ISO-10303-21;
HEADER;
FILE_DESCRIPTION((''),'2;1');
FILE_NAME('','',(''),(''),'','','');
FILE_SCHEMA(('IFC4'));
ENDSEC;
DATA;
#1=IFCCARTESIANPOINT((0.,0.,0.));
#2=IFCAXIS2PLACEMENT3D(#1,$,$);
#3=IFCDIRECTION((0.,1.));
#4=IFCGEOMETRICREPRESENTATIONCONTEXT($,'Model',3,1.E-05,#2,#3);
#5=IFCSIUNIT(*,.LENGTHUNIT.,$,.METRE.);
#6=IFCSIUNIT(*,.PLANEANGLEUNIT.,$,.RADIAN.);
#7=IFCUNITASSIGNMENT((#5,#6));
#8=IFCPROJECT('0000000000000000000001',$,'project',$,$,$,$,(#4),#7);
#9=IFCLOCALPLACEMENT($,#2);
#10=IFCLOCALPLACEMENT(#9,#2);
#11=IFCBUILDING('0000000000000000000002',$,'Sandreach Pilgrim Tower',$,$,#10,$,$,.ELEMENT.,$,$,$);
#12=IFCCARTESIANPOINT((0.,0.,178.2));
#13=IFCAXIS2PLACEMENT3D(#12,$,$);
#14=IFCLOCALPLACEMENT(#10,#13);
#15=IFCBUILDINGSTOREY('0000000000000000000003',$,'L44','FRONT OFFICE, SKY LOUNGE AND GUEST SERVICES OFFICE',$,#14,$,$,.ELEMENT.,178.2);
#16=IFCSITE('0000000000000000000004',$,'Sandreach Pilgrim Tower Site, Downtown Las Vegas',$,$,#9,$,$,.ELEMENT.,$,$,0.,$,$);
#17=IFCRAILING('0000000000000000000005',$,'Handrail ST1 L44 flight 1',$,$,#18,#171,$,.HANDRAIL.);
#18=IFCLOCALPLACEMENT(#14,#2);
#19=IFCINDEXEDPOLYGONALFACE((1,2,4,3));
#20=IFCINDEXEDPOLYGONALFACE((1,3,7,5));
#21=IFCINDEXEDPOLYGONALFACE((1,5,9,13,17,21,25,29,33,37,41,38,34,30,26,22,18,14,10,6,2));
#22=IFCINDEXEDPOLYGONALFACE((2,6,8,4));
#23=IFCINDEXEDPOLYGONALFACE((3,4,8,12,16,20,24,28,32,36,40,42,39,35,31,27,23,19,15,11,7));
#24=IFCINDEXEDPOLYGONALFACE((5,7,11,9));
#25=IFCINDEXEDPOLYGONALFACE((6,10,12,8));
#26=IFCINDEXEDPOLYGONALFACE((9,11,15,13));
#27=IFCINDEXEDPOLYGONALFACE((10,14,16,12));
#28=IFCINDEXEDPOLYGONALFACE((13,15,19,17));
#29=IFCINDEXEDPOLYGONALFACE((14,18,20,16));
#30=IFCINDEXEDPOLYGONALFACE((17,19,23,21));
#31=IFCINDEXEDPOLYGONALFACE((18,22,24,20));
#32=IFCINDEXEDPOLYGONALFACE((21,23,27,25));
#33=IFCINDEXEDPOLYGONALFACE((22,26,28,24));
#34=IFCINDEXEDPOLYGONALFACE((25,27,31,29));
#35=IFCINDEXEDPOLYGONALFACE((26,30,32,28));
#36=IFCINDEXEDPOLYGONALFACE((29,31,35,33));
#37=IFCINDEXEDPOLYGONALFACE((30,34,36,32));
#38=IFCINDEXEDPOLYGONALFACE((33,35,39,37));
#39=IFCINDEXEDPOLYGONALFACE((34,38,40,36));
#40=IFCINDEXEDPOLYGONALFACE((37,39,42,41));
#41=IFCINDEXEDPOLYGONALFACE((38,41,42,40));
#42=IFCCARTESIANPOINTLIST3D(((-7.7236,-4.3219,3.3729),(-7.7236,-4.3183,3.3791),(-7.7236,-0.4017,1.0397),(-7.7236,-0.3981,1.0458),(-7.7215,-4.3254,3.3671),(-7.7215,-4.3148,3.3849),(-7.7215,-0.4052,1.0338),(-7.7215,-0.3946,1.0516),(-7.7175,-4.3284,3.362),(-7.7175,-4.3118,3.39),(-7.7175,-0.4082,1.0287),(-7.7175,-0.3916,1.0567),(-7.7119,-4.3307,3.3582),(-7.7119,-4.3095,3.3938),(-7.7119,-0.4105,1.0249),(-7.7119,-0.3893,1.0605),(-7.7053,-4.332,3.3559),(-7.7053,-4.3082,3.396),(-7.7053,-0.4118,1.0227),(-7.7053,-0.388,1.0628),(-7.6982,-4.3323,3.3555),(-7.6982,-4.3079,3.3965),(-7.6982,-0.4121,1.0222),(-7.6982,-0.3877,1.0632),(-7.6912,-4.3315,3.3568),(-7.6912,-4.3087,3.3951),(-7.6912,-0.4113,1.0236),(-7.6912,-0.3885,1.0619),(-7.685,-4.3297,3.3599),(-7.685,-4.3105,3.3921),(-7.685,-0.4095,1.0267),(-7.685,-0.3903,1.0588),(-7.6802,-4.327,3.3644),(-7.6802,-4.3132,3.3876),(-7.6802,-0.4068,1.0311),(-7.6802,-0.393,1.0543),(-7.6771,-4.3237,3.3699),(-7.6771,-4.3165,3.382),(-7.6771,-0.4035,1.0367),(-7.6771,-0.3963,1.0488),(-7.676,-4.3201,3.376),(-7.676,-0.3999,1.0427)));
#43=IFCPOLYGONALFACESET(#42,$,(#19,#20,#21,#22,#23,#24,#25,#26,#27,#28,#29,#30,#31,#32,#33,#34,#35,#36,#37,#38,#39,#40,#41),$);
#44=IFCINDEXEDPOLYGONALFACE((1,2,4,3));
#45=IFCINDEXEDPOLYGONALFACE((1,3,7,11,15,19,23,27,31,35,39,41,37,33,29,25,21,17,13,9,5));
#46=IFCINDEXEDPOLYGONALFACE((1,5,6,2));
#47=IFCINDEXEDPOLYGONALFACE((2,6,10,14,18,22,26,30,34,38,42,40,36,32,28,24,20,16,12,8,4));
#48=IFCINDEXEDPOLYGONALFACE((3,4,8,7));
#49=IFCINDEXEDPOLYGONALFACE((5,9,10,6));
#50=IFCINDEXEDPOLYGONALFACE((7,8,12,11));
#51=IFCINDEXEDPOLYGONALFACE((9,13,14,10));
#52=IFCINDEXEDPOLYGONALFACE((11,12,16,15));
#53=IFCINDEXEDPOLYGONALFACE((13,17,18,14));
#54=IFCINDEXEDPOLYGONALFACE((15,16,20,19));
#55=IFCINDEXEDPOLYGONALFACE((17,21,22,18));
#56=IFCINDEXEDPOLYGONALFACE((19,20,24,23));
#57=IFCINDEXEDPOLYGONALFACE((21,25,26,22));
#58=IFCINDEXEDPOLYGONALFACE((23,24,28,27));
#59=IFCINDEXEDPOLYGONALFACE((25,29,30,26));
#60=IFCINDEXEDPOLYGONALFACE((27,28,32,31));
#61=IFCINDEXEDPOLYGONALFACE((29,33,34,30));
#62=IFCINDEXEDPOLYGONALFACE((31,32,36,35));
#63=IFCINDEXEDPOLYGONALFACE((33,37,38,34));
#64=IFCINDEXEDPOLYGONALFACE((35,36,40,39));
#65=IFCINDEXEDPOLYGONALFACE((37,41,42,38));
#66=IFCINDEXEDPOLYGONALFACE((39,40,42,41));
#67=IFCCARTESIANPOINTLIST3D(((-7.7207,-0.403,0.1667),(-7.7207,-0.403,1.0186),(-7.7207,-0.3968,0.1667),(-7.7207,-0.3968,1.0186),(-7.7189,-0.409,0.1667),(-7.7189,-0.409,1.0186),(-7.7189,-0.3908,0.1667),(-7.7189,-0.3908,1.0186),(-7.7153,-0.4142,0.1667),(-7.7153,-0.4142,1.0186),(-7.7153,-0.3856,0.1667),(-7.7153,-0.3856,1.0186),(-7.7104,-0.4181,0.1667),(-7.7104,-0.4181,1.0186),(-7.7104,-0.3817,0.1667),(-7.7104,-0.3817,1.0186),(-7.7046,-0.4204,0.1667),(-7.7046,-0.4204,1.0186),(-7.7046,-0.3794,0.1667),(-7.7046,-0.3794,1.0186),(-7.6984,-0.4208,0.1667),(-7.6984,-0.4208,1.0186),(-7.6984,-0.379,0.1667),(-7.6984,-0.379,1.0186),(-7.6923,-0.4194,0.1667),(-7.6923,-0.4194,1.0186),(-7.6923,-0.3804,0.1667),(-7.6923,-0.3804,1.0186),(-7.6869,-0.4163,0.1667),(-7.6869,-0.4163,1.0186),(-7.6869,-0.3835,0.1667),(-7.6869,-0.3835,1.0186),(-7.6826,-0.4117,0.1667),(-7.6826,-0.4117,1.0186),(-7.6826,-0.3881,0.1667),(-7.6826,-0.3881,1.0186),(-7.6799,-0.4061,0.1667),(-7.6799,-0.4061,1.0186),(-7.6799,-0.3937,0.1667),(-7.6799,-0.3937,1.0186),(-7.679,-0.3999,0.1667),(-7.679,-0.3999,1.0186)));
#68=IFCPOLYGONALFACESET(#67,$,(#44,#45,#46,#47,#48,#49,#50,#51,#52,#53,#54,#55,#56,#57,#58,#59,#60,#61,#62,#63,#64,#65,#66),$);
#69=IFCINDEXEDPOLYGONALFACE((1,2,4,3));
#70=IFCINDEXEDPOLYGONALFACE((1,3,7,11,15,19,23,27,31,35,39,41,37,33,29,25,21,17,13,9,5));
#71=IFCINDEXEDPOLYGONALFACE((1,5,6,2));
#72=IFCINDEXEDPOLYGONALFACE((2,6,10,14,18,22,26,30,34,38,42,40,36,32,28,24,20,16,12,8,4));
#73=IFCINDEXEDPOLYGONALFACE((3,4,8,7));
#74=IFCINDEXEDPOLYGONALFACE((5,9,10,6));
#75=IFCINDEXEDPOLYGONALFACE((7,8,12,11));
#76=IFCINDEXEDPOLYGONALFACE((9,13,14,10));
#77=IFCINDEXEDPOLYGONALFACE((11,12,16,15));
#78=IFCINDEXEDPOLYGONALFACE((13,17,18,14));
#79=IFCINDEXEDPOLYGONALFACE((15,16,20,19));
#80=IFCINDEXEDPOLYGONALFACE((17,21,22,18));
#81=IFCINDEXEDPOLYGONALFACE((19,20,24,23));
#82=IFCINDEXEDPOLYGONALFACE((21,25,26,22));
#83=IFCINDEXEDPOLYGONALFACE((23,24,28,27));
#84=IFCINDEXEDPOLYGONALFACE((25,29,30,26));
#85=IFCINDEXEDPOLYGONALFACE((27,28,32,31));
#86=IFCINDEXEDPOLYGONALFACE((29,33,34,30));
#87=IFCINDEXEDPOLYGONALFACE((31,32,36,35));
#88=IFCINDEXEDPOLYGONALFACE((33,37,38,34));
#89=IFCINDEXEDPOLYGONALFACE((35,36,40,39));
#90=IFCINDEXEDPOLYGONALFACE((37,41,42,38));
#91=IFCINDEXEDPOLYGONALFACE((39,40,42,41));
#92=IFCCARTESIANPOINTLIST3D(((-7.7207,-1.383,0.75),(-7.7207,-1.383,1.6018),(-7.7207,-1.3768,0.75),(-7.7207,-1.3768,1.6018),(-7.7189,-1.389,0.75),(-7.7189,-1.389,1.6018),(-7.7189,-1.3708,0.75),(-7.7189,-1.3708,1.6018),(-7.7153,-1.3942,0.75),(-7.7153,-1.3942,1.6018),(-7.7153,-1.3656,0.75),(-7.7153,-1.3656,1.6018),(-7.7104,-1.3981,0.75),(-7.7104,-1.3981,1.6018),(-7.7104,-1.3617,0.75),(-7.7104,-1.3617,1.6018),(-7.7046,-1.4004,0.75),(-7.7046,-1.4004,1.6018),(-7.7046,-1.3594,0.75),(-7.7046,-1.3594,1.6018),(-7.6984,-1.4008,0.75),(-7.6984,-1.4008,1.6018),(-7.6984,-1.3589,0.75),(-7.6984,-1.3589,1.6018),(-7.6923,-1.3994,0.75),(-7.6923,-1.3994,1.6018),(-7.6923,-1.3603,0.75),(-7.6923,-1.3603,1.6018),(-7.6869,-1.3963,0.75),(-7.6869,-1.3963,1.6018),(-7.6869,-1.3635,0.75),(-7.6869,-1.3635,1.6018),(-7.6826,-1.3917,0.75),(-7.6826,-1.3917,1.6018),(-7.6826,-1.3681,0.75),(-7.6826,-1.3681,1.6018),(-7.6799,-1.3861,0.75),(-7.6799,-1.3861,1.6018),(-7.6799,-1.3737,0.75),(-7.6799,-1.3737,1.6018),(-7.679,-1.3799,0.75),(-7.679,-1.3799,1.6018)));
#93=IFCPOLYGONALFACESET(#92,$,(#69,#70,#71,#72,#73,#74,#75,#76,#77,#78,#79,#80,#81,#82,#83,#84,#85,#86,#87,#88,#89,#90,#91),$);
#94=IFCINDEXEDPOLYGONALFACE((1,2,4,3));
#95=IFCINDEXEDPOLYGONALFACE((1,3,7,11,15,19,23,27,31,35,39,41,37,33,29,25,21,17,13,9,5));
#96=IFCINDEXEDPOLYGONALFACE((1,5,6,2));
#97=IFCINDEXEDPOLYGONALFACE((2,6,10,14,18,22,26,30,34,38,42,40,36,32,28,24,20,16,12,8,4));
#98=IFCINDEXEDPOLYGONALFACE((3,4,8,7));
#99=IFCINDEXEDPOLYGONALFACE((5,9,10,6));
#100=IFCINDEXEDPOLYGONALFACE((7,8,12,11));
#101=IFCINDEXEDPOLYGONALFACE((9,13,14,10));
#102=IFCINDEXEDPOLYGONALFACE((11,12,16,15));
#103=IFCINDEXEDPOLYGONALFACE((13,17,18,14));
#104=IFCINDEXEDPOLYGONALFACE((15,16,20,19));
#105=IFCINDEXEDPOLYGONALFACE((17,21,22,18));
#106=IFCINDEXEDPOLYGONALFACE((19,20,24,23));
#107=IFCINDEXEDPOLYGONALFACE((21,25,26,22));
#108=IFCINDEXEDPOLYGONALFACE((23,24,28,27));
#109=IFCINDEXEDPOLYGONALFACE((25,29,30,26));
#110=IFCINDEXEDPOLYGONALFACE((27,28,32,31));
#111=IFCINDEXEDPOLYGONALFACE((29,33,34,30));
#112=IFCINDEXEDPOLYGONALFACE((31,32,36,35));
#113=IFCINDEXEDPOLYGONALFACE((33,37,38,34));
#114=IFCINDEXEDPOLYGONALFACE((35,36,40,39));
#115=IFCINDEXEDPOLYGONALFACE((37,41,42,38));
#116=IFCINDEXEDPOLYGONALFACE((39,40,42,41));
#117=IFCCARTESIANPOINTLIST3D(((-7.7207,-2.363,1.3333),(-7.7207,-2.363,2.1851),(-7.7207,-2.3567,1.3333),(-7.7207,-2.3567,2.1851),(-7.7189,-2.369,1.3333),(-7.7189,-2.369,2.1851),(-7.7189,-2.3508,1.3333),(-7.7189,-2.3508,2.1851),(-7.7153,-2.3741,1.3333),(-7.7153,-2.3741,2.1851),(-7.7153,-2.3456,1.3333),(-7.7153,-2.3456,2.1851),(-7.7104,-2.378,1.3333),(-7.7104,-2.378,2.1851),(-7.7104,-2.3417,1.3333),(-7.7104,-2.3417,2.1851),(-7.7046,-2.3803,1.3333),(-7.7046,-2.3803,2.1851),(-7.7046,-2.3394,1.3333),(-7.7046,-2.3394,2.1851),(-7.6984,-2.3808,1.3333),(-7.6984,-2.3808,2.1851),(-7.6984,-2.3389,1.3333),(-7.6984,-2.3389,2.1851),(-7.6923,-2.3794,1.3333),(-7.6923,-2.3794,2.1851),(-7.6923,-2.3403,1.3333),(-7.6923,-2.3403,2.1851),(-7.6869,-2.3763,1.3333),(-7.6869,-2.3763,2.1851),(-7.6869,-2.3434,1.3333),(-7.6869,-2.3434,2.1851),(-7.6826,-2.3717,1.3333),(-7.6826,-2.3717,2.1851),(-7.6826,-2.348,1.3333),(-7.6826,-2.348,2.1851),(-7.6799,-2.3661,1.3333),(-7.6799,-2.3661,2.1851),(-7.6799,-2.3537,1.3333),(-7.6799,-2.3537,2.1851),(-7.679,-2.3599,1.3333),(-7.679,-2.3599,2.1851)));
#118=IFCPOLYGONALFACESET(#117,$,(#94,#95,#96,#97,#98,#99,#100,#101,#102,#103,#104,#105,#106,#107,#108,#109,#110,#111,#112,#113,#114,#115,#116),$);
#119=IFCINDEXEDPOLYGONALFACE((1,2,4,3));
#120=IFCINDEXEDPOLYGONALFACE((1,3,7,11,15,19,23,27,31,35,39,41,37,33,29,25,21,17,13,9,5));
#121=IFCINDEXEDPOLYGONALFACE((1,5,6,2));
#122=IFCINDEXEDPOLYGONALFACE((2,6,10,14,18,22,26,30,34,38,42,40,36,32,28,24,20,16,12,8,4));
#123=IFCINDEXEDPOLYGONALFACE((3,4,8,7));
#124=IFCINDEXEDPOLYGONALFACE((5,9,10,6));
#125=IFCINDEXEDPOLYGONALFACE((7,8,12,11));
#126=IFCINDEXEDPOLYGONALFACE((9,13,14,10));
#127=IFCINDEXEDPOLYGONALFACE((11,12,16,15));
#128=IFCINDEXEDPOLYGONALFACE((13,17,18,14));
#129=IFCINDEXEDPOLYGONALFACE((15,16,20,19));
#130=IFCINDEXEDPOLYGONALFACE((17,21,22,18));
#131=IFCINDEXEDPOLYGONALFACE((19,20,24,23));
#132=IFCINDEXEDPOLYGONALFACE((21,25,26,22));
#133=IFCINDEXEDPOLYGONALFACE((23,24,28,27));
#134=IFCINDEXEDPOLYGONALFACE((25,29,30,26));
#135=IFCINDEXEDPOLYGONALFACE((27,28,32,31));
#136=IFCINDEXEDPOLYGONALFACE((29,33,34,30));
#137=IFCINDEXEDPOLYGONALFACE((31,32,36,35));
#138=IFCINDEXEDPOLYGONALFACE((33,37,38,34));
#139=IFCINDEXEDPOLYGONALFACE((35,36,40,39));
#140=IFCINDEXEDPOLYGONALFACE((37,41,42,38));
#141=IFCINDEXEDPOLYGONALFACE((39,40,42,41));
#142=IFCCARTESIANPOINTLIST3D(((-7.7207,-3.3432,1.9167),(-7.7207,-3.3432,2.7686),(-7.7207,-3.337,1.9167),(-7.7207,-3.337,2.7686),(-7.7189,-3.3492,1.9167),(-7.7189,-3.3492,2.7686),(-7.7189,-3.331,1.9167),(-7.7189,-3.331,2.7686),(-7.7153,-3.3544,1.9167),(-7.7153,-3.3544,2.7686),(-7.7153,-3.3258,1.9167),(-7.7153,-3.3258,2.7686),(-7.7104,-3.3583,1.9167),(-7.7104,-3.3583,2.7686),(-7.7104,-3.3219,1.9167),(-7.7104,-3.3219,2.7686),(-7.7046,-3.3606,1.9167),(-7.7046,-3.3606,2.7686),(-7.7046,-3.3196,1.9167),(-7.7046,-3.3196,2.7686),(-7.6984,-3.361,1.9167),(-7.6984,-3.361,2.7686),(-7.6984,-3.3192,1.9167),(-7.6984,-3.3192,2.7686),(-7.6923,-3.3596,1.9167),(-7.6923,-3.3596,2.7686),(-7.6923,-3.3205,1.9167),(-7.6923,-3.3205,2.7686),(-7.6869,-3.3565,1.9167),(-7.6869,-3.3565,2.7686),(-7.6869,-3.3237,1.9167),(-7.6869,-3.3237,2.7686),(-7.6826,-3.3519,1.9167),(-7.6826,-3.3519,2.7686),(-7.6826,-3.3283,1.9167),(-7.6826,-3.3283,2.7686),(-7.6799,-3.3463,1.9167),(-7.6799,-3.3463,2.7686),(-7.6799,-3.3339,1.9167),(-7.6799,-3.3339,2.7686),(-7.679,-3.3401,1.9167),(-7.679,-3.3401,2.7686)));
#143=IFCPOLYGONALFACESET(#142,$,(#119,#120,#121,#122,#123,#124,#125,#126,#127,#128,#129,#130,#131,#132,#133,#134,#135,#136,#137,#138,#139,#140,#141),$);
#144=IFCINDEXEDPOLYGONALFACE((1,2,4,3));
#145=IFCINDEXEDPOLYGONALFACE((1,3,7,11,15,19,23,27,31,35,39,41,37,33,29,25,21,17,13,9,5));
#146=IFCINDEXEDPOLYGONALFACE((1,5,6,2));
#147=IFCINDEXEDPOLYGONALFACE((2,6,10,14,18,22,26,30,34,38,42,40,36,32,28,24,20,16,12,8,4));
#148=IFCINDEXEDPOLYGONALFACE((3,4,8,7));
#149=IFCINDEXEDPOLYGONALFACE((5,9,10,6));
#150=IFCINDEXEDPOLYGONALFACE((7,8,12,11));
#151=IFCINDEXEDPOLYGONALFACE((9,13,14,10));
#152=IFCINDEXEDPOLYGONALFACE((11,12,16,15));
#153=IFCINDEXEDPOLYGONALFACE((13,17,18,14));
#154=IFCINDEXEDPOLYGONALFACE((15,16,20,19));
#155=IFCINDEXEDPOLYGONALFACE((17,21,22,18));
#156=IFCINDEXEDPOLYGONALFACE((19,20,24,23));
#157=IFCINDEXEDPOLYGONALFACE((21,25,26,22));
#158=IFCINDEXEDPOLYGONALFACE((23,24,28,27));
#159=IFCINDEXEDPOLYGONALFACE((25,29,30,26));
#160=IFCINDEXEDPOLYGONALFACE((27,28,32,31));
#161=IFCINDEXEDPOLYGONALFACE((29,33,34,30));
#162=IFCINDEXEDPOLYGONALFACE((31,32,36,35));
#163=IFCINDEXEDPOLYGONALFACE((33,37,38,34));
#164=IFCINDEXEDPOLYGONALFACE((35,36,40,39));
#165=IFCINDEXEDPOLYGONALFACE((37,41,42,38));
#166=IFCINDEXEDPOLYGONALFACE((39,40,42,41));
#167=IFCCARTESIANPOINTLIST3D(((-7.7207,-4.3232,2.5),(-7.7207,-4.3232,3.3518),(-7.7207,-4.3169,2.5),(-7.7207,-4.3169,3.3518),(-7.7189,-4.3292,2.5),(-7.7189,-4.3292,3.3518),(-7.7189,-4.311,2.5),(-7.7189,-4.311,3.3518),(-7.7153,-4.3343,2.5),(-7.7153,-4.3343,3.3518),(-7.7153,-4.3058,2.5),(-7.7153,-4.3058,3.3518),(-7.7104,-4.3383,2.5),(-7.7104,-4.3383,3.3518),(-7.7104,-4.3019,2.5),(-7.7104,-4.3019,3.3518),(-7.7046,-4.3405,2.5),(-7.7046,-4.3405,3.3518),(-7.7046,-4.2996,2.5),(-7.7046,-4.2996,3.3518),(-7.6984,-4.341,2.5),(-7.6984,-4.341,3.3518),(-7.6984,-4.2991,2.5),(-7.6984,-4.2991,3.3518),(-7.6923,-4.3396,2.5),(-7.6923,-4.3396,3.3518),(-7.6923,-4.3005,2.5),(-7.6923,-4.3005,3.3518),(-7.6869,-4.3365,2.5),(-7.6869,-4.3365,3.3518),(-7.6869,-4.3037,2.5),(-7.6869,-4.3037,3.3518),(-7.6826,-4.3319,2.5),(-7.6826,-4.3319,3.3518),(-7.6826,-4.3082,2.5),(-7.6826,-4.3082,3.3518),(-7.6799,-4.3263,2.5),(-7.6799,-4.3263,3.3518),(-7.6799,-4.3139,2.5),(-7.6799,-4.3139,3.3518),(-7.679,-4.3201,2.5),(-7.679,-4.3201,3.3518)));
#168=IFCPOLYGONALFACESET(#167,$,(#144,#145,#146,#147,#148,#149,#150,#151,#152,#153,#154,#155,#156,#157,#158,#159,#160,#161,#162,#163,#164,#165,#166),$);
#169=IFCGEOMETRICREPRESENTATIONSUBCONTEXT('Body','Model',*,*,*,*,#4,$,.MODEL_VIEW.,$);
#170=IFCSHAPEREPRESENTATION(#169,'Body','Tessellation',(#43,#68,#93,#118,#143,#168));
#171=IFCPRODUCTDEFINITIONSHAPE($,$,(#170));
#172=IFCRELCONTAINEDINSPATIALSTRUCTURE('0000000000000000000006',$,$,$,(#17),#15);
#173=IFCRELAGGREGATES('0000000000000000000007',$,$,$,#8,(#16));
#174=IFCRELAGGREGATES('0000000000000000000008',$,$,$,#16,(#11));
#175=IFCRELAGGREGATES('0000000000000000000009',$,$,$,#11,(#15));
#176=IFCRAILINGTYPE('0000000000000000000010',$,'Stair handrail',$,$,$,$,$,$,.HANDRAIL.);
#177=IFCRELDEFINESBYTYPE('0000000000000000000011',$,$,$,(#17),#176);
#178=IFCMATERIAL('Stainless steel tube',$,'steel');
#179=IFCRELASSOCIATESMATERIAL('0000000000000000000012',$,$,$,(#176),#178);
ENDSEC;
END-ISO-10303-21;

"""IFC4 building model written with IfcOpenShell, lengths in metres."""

from ifc_helpers import new_model, si_unit, direction, frame, origin, origin_2d, place, context, subcontext, project, spatial, circle, extrude, material, type_object, element, save


model = new_model("IFC4")

# Units and contexts
model_context = context("Model", 3, precision=1e-05, world=origin(), true_north=direction((0.0, 1.0)))
body_context = subcontext(model_context, "Body", "Model", "MODEL_VIEW")
ifc_project = project(units=[si_unit("LENGTHUNIT", "METRE"), si_unit("PLANEANGLEUNIT", "RADIAN")], contexts=[model_context])

# Site, building, storey
site_placement = place(None, origin())
site = spatial("IfcSite", under=ifc_project, at=site_placement, Name="Sandreach Pilgrim Tower Site, Downtown Las Vegas", CompositionType="ELEMENT", RefElevation=0.0)
building_placement = place(site_placement, origin())
building = spatial("IfcBuilding", under=site, at=building_placement, Name="Sandreach Pilgrim Tower", CompositionType="ELEMENT")
storey_placement = place(building_placement, frame((0.0, 0.0, 178.2)))
storey = spatial("IfcBuildingStorey", under=building, at=storey_placement, Name="L44", Description="FRONT OFFICE, SKY LOUNGE AND GUEST SERVICES OFFICE", CompositionType="ELEMENT", Elevation=178.2)

# Railing
ifc_material_1 = material(Name="Stainless steel tube", Category="steel")
railing_type = type_object("IfcRailingType", Name="Stair handrail", PredefinedType="HANDRAIL", material=ifc_material_1)
for number, where, name in (
    (1, (-7.7, -0.3999, 0.1667), "Handrail ST1 L44 flight 1"),
):
    element("IfcRailing", number, at=place(storey_placement, frame(where)), inside=storey, type_object=railing_type, Name=name, PredefinedType="HANDRAIL", context=body_context, shape_type="SweptSolid", body=[
        extrude(circle(Radius=0.0239, at=origin_2d()), frame((0.0, 0.0, 0.876), z_axis=(0.0, -0.85931, 0.511455), x_axis=(1.0, 0.0, 0.0)), (0.0, 0.0, 1.0), 4.562),
        extrude(circle(Radius=0.021, at=origin_2d()), origin(), (0.0, 0.0, 1.0), 0.8518),
        extrude(circle(Radius=0.021, at=origin_2d()), frame((0.0, -0.98, 0.5833)), (0.0, 0.0, 1.0), 0.8518),
        extrude(circle(Radius=0.021, at=origin_2d()), frame((0.0, -1.96, 1.1665)), (0.0, 0.0, 1.0), 0.8518),
        extrude(circle(Radius=0.021, at=origin_2d()), frame((0.0, -2.9402, 1.75)), (0.0, 0.0, 1.0), 0.8518),
        extrude(circle(Radius=0.021, at=origin_2d()), frame((0.0, -3.9202, 2.3333)), (0.0, 0.0, 1.0), 0.8518),
    ])

save(model, "model.ifc")
